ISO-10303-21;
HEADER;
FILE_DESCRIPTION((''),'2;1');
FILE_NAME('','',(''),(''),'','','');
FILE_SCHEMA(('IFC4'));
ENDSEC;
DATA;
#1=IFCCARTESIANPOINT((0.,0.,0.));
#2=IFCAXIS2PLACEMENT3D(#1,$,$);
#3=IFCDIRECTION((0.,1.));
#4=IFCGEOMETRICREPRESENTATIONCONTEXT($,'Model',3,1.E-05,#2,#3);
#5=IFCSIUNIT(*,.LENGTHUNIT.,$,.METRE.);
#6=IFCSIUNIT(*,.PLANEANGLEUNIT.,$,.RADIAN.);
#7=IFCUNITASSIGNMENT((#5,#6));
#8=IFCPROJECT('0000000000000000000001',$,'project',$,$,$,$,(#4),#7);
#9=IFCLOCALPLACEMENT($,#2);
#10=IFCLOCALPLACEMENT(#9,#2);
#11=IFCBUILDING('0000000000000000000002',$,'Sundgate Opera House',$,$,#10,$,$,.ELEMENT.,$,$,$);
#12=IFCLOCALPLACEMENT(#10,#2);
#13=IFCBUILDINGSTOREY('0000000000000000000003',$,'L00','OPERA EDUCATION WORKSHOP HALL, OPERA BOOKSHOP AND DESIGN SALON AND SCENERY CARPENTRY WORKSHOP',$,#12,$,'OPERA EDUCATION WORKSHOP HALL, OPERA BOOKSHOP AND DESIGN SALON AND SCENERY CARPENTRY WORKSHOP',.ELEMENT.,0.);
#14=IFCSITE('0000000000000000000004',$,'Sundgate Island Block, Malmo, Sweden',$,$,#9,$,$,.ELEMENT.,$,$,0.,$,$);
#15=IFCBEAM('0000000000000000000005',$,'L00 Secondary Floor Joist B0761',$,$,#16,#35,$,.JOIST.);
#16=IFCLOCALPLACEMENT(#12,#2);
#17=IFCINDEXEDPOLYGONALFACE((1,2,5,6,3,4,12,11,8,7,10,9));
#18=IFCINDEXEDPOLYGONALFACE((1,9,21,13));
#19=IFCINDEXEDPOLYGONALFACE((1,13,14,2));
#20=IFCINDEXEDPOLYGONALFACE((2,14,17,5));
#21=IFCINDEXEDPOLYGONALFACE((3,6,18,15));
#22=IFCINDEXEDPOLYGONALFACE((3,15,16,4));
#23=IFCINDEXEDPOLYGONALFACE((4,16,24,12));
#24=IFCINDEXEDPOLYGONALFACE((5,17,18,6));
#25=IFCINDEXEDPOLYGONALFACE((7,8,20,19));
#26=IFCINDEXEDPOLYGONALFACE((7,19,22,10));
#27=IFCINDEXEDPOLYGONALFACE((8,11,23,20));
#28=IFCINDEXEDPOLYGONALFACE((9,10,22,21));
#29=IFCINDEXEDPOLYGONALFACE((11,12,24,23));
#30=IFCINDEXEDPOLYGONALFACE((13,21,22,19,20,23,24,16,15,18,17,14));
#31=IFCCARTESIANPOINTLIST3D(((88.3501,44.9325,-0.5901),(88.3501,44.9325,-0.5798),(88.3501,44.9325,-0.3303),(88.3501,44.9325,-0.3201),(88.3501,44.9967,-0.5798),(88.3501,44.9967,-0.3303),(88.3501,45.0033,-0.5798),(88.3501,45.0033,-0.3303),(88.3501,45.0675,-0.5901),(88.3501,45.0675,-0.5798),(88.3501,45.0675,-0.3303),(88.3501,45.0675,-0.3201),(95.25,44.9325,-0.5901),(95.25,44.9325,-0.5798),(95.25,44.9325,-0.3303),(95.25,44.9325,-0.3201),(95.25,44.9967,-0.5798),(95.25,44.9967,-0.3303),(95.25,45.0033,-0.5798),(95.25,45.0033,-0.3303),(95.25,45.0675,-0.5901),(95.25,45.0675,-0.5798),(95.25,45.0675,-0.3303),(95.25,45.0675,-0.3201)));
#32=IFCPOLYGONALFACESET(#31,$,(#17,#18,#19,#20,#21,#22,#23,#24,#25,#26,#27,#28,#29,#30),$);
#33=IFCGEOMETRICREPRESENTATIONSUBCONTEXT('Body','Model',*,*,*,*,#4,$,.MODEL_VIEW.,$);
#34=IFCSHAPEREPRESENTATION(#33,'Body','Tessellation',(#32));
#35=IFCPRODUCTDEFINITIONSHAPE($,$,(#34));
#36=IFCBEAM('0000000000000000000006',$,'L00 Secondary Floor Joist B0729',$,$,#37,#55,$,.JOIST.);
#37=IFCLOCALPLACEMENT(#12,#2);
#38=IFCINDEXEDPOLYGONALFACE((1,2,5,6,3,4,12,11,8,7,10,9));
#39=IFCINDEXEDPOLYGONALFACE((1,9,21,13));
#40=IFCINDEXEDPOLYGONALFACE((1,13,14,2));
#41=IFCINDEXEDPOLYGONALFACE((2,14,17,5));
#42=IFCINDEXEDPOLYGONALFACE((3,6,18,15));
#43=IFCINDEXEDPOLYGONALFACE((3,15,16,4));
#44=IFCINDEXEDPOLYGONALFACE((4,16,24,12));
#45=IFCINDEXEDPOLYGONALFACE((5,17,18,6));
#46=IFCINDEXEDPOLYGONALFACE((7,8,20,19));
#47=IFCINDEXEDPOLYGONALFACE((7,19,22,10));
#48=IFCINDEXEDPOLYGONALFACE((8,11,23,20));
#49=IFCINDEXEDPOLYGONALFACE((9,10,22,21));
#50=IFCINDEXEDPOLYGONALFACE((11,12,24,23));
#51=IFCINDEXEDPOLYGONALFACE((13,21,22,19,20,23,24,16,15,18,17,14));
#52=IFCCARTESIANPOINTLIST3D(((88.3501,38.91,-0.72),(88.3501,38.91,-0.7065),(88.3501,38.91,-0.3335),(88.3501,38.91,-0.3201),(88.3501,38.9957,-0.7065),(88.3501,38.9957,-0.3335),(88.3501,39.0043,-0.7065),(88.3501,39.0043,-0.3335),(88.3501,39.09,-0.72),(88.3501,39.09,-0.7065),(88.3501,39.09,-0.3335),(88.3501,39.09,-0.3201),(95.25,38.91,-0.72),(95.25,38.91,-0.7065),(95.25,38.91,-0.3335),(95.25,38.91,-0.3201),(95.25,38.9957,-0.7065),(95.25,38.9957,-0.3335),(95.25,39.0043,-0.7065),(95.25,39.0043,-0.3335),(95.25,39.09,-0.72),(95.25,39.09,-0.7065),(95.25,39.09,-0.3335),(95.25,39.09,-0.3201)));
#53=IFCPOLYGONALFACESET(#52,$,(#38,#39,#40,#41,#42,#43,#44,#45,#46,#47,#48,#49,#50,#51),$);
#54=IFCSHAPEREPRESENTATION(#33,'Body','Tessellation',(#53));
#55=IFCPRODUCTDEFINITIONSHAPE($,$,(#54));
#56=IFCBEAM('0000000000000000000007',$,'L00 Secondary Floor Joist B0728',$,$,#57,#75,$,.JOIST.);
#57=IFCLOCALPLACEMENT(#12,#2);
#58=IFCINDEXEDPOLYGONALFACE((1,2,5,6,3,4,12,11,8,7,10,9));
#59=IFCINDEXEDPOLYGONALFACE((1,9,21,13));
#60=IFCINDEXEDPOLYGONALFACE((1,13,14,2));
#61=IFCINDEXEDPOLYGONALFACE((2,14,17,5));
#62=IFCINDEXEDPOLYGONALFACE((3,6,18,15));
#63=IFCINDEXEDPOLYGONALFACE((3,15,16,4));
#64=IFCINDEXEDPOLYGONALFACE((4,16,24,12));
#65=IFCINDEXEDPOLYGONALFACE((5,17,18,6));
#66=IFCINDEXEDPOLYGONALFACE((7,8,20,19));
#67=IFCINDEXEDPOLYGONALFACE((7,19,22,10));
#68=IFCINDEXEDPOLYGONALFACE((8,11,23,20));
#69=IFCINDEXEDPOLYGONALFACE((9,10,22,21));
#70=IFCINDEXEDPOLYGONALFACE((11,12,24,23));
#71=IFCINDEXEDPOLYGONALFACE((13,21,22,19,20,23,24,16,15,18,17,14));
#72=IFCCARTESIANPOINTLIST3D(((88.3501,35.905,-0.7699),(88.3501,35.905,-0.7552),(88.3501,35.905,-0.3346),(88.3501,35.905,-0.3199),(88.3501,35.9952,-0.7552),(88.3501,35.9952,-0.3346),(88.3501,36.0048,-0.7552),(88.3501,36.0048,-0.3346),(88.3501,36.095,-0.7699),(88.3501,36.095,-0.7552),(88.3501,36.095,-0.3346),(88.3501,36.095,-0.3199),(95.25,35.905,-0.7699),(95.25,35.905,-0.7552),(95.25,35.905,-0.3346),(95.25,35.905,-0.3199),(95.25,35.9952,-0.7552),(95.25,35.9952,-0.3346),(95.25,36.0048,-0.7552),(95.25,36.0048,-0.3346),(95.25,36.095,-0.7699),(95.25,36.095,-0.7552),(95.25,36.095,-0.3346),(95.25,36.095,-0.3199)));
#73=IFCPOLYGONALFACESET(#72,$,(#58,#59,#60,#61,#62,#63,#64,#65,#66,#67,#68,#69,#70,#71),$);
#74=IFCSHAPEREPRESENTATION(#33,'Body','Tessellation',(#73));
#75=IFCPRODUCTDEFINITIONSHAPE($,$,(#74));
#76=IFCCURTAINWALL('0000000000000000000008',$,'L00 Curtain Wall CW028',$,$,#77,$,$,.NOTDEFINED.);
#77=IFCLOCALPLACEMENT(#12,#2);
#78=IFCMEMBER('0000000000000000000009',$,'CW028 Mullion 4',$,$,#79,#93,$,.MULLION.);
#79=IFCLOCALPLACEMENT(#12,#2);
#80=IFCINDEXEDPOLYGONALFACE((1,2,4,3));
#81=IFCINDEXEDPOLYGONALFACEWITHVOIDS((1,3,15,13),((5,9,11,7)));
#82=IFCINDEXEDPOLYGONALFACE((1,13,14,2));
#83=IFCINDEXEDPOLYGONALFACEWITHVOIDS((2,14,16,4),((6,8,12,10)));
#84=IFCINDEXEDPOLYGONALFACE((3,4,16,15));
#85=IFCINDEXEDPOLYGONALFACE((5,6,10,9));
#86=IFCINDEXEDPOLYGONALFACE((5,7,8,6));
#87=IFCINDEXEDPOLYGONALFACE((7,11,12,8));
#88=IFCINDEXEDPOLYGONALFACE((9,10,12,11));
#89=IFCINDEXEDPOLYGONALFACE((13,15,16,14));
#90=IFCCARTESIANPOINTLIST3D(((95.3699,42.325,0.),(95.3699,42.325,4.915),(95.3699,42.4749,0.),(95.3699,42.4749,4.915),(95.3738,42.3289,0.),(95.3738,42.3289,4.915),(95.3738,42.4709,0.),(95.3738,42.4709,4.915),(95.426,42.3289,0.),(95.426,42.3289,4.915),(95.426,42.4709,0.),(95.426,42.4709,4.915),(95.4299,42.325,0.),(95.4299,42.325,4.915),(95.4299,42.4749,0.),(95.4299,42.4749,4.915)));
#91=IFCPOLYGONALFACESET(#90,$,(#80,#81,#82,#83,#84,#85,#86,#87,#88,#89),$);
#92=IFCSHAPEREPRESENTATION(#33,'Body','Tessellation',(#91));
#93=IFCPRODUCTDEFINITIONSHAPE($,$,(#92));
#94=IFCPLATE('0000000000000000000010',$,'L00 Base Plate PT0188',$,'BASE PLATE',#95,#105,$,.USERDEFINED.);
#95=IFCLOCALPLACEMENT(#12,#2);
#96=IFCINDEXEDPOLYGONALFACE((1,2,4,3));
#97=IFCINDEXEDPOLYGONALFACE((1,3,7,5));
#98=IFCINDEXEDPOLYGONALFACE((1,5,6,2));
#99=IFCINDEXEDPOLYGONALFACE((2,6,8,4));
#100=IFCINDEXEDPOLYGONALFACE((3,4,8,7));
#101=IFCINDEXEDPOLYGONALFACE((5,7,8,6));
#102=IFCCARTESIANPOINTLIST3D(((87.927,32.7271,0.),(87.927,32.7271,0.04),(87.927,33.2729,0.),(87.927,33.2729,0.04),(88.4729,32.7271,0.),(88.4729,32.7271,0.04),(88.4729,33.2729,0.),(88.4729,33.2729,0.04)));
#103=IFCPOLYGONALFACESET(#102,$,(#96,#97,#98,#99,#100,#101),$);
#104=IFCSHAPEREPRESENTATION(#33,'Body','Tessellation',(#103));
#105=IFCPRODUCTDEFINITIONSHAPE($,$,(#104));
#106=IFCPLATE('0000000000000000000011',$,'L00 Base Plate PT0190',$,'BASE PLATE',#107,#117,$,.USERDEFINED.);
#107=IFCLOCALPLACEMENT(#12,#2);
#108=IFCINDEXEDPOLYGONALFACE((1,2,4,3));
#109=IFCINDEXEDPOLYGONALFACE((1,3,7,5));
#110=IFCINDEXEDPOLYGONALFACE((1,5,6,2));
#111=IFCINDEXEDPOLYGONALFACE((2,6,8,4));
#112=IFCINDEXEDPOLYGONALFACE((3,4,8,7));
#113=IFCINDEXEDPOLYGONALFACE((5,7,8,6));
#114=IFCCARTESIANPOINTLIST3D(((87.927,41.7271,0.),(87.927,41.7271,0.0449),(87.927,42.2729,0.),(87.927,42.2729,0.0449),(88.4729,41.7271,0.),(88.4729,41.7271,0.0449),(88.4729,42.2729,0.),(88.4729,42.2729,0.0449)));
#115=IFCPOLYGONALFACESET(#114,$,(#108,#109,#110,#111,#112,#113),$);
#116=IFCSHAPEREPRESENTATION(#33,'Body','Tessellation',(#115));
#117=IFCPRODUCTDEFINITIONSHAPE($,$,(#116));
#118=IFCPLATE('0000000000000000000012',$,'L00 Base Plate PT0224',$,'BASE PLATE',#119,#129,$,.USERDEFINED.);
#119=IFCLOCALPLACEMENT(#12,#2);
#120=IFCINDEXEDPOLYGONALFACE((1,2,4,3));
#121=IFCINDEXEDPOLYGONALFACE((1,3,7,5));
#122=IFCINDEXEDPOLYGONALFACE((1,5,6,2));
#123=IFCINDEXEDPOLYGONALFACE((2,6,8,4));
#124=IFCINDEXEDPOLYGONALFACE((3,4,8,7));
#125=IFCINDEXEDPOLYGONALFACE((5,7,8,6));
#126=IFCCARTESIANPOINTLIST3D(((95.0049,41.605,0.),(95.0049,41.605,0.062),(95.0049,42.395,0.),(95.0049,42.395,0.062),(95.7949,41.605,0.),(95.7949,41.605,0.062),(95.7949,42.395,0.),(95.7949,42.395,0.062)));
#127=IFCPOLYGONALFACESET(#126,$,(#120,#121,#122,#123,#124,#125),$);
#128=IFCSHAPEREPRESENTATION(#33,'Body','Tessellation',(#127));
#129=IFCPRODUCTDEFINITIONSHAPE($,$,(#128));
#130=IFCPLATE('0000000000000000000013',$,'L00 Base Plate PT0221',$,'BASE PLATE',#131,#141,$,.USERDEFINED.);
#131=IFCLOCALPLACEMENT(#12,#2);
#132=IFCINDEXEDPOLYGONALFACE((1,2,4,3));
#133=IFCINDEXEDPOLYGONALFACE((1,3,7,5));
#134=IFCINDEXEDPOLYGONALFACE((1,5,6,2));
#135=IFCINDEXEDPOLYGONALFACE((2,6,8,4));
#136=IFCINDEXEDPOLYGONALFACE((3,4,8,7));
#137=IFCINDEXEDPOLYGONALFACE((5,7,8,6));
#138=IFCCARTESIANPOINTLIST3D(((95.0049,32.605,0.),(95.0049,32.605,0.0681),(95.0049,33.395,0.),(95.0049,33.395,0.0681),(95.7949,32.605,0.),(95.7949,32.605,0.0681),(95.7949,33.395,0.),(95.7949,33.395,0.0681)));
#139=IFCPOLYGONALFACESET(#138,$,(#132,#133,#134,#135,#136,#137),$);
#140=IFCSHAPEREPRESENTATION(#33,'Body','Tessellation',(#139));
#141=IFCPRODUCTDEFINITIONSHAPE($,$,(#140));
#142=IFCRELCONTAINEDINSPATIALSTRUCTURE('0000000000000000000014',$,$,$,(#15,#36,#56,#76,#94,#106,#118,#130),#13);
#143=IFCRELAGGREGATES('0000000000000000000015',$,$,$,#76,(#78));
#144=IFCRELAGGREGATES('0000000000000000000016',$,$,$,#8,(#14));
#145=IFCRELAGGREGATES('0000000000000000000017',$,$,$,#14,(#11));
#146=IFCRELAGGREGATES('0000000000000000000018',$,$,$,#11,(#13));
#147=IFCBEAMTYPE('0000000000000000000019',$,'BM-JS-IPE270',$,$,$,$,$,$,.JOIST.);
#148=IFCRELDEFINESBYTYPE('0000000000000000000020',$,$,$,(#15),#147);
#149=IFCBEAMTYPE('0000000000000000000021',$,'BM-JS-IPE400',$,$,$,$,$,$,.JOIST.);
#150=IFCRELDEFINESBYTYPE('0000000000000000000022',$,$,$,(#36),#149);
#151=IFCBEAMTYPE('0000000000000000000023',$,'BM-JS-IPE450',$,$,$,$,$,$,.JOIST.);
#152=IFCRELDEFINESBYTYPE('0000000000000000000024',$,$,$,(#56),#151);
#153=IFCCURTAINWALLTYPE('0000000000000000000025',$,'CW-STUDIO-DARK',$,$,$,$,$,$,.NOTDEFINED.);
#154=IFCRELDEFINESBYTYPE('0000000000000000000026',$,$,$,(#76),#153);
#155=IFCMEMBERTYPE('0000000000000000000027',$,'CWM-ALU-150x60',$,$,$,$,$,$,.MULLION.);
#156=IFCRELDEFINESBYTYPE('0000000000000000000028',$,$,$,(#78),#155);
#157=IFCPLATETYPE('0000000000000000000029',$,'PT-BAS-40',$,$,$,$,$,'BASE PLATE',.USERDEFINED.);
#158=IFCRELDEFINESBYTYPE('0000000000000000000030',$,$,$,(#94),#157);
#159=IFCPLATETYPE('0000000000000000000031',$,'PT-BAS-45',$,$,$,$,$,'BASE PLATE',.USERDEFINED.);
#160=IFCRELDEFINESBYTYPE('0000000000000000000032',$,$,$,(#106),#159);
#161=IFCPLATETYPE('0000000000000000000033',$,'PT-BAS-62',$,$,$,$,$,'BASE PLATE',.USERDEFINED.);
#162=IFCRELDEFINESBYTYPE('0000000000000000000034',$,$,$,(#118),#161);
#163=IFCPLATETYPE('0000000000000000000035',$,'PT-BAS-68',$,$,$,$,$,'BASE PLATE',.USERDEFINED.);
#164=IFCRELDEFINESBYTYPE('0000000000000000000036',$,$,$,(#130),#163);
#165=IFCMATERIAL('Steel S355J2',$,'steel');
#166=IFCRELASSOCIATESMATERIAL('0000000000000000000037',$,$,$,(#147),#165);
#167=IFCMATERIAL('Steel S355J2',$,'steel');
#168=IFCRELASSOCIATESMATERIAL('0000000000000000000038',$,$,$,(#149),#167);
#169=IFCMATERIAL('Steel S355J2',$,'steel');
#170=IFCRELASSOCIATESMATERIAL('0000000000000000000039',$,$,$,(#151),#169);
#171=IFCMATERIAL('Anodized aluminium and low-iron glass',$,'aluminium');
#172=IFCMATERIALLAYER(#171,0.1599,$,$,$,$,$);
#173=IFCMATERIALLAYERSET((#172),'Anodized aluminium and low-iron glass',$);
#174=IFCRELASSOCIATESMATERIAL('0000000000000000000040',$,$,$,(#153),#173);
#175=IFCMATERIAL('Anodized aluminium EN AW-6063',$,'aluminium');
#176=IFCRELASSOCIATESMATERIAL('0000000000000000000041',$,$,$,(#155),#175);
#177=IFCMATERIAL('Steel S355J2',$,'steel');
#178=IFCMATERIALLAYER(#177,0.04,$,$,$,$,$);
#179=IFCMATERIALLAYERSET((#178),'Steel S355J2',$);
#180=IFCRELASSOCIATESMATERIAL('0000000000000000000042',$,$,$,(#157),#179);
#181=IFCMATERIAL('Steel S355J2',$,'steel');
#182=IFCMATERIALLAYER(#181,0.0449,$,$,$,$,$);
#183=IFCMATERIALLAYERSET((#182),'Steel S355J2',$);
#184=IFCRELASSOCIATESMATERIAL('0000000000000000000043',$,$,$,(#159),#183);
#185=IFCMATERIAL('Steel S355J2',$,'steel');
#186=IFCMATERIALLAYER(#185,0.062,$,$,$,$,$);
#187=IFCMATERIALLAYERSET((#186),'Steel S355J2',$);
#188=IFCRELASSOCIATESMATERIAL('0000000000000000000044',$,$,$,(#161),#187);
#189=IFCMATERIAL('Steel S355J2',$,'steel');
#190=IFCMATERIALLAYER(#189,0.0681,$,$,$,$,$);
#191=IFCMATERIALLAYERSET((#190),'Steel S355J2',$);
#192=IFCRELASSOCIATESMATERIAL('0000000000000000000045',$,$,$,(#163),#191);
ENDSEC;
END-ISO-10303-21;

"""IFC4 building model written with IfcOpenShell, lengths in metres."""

from ifc_helpers import new_model, si_unit, direction, frame, origin, origin_2d, place, context, subcontext, project, spatial, rectangle, hollow_rectangle, i_section, extrude, material, layer, layer_set, material_profile, profile_set, type_object, element, aggregate, save


model = new_model("IFC4")

# Units and contexts
model_context = context("Model", 3, precision=1e-05, world=origin(), true_north=direction((0.0, 1.0)))
body_context = subcontext(model_context, "Body", "Model", "MODEL_VIEW")
ifc_project = project(units=[si_unit("LENGTHUNIT", "METRE"), si_unit("PLANEANGLEUNIT", "RADIAN")], contexts=[model_context])

# Site, building, storey
site_placement = place(None, origin())
site = spatial("IfcSite", under=ifc_project, at=site_placement, Name="Sundgate Island Block, Malmo, Sweden", CompositionType="ELEMENT", RefElevation=0.0)
building_placement = place(site_placement, origin())
building = spatial("IfcBuilding", under=site, at=building_placement, Name="Sundgate Opera House", CompositionType="ELEMENT")
storey_placement = place(building_placement, origin())
storey = spatial("IfcBuildingStorey", under=building, at=storey_placement, Name="L00", Description="OPERA EDUCATION WORKSHOP HALL, OPERA BOOKSHOP AND DESIGN SALON AND SCENERY CARPENTRY WORKSHOP", LongName="OPERA EDUCATION WORKSHOP HALL, OPERA BOOKSHOP AND DESIGN SALON AND SCENERY CARPENTRY WORKSHOP", CompositionType="ELEMENT", Elevation=0.0)

# Beams
ifc_material_1 = material(Name="Steel S355J2", Category="steel")
ifc_material_profile_1 = material_profile(ifc_material_1, i_section(OverallWidth=0.135, OverallDepth=0.27, WebThickness=0.0066, FlangeThickness=0.0103, at=origin_2d()), Name="IPE 270")
ifc_profile_set_1 = profile_set([ifc_material_profile_1], Name="Steel S355J2")
beam_type_1 = type_object("IfcBeamType", Name="BM-JS-IPE270", PredefinedType="JOIST", material=ifc_profile_set_1)
beam_1_placement = place(storey_placement, frame((88.3501, 45.0, -0.4551), z_axis=(1.0, 0.0, 0.0), x_axis=(0.0, 1.0, 0.0)))
element("IfcBeam", 1, at=beam_1_placement, inside=storey, type_object=beam_type_1, Name="L00 Secondary Floor Joist B0761", PredefinedType="JOIST", context=body_context, shape_type="SweptSolid", body=[
    extrude(i_section(OverallWidth=0.135, OverallDepth=0.27, WebThickness=0.0066, FlangeThickness=0.0103, at=origin_2d()), origin(), (0.0, 0.0, 1.0), 6.8999),
])
ifc_material_2 = material(Name="Steel S355J2", Category="steel")
ifc_material_profile_2 = material_profile(ifc_material_2, i_section(OverallWidth=0.1799, OverallDepth=0.3999, WebThickness=0.0085, FlangeThickness=0.0134, at=origin_2d()), Name="IPE 400")
ifc_profile_set_2 = profile_set([ifc_material_profile_2], Name="Steel S355J2")
beam_type_2 = type_object("IfcBeamType", Name="BM-JS-IPE400", PredefinedType="JOIST", material=ifc_profile_set_2)
beam_2_placement = place(storey_placement, frame((88.3501, 39.0, -0.52), z_axis=(1.0, 0.0, 0.0), x_axis=(0.0, 1.0, 0.0)))
element("IfcBeam", 2, at=beam_2_placement, inside=storey, type_object=beam_type_2, Name="L00 Secondary Floor Joist B0729", PredefinedType="JOIST", context=body_context, shape_type="SweptSolid", body=[
    extrude(i_section(OverallWidth=0.1799, OverallDepth=0.3999, WebThickness=0.0085, FlangeThickness=0.0134, at=origin_2d()), origin(), (0.0, 0.0, 1.0), 6.8999),
])
ifc_material_3 = material(Name="Steel S355J2", Category="steel")
ifc_material_profile_3 = material_profile(ifc_material_3, i_section(OverallWidth=0.1899, OverallDepth=0.45, WebThickness=0.0095, FlangeThickness=0.0146, at=origin_2d()), Name="IPE 450")
ifc_profile_set_3 = profile_set([ifc_material_profile_3], Name="Steel S355J2")
beam_type_3 = type_object("IfcBeamType", Name="BM-JS-IPE450", PredefinedType="JOIST", material=ifc_profile_set_3)
beam_3_placement = place(storey_placement, frame((88.3501, 36.0, -0.5449), z_axis=(1.0, 0.0, 0.0), x_axis=(0.0, 1.0, 0.0)))
element("IfcBeam", 3, at=beam_3_placement, inside=storey, type_object=beam_type_3, Name="L00 Secondary Floor Joist B0728", PredefinedType="JOIST", context=body_context, shape_type="SweptSolid", body=[
    extrude(i_section(OverallWidth=0.1899, OverallDepth=0.45, WebThickness=0.0095, FlangeThickness=0.0146, at=origin_2d()), origin(), (0.0, 0.0, 1.0), 6.8999),
])

# Curtain wall, member
ifc_material_4 = material(Name="Anodized aluminium and low-iron glass", Category="aluminium")
ifc_layer_1 = layer(ifc_material_4, 0.1599)
ifc_layer_set_1 = layer_set([ifc_layer_1], Name="Anodized aluminium and low-iron glass")
curtain_wall_type = type_object("IfcCurtainWallType", Name="CW-STUDIO-DARK", PredefinedType="NOTDEFINED", material=ifc_layer_set_1)
curtain_wall_placement = place(storey_placement, origin())
curtain_wall = element("IfcCurtainWall", 4, at=curtain_wall_placement, inside=storey, type_object=curtain_wall_type, Name="L00 Curtain Wall CW028", PredefinedType="NOTDEFINED")
ifc_material_5 = material(Name="Anodized aluminium EN AW-6063", Category="aluminium")
ifc_material_profile_4 = material_profile(ifc_material_5, hollow_rectangle(XDim=0.0601, YDim=0.1499, WallThickness=0.0039, at=origin_2d()), Name="CWM 150x60x4")
ifc_profile_set_4 = profile_set([ifc_material_profile_4], Name="Anodized aluminium EN AW-6063")
member_type = type_object("IfcMemberType", Name="CWM-ALU-150x60", PredefinedType="MULLION", material=ifc_profile_set_4)
member_placement = place(storey_placement, frame((95.3999, 42.3999, 0.0), z_axis=(0.0, 0.0, 1.0), x_axis=(1.0, 0.0, 0.0)))
member = element("IfcMember", 5, at=member_placement, type_object=member_type, Name="CW028 Mullion 4", PredefinedType="MULLION", context=body_context, shape_type="SweptSolid", body=[
    extrude(hollow_rectangle(XDim=0.0601, YDim=0.1499, WallThickness=0.0039, at=origin_2d()), origin(), (0.0, 0.0, 1.0), 4.915),
])
aggregate(curtain_wall, [member])

# Plates
ifc_material_6 = material(Name="Steel S355J2", Category="steel")
ifc_layer_2 = layer(ifc_material_6, 0.04)
ifc_layer_set_2 = layer_set([ifc_layer_2], Name="Steel S355J2")
plate_type_1 = type_object("IfcPlateType", Name="PT-BAS-40", ElementType="BASE PLATE", PredefinedType="USERDEFINED", material=ifc_layer_set_2)
plate_1_placement = place(storey_placement, frame((88.2, 33.0, 0.0), z_axis=(0.0, 0.0, 1.0), x_axis=(1.0, 0.0, 0.0)))
element("IfcPlate", 6, at=plate_1_placement, inside=storey, type_object=plate_type_1, Name="L00 Base Plate PT0188", ObjectType="BASE PLATE", PredefinedType="USERDEFINED", context=body_context, shape_type="SweptSolid", body=[
    extrude(rectangle(XDim=0.5459, YDim=0.5459, at=origin_2d()), origin(), (0.0, 0.0, 1.0), 0.04),
])
ifc_material_7 = material(Name="Steel S355J2", Category="steel")
ifc_layer_3 = layer(ifc_material_7, 0.0449)
ifc_layer_set_3 = layer_set([ifc_layer_3], Name="Steel S355J2")
plate_type_2 = type_object("IfcPlateType", Name="PT-BAS-45", ElementType="BASE PLATE", PredefinedType="USERDEFINED", material=ifc_layer_set_3)
plate_2_placement = place(storey_placement, frame((88.2, 42.0, 0.0), z_axis=(0.0, 0.0, 1.0), x_axis=(1.0, 0.0, 0.0)))
element("IfcPlate", 7, at=plate_2_placement, inside=storey, type_object=plate_type_2, Name="L00 Base Plate PT0190", ObjectType="BASE PLATE", PredefinedType="USERDEFINED", context=body_context, shape_type="SweptSolid", body=[
    extrude(rectangle(XDim=0.5459, YDim=0.5459, at=origin_2d()), origin(), (0.0, 0.0, 1.0), 0.0449),
])
ifc_material_8 = material(Name="Steel S355J2", Category="steel")
ifc_layer_4 = layer(ifc_material_8, 0.062)
ifc_layer_set_4 = layer_set([ifc_layer_4], Name="Steel S355J2")
plate_type_3 = type_object("IfcPlateType", Name="PT-BAS-62", ElementType="BASE PLATE", PredefinedType="USERDEFINED", material=ifc_layer_set_4)
plate_3_placement = place(storey_placement, frame((95.3999, 42.0, 0.0), z_axis=(0.0, 0.0, 1.0), x_axis=(1.0, 0.0, 0.0)))
element("IfcPlate", 8, at=plate_3_placement, inside=storey, type_object=plate_type_3, Name="L00 Base Plate PT0224", ObjectType="BASE PLATE", PredefinedType="USERDEFINED", context=body_context, shape_type="SweptSolid", body=[
    extrude(rectangle(XDim=0.79, YDim=0.79, at=origin_2d()), origin(), (0.0, 0.0, 1.0), 0.062),
])
ifc_material_9 = material(Name="Steel S355J2", Category="steel")
ifc_layer_5 = layer(ifc_material_9, 0.0681)
ifc_layer_set_5 = layer_set([ifc_layer_5], Name="Steel S355J2")
plate_type_4 = type_object("IfcPlateType", Name="PT-BAS-68", ElementType="BASE PLATE", PredefinedType="USERDEFINED", material=ifc_layer_set_5)
plate_4_placement = place(storey_placement, frame((95.3999, 33.0, 0.0), z_axis=(0.0, 0.0, 1.0), x_axis=(1.0, 0.0, 0.0)))
element("IfcPlate", 9, at=plate_4_placement, inside=storey, type_object=plate_type_4, Name="L00 Base Plate PT0221", ObjectType="BASE PLATE", PredefinedType="USERDEFINED", context=body_context, shape_type="SweptSolid", body=[
    extrude(rectangle(XDim=0.79, YDim=0.79, at=origin_2d()), origin(), (0.0, 0.0, 1.0), 0.0681),
])

save(model, "model.ifc")
